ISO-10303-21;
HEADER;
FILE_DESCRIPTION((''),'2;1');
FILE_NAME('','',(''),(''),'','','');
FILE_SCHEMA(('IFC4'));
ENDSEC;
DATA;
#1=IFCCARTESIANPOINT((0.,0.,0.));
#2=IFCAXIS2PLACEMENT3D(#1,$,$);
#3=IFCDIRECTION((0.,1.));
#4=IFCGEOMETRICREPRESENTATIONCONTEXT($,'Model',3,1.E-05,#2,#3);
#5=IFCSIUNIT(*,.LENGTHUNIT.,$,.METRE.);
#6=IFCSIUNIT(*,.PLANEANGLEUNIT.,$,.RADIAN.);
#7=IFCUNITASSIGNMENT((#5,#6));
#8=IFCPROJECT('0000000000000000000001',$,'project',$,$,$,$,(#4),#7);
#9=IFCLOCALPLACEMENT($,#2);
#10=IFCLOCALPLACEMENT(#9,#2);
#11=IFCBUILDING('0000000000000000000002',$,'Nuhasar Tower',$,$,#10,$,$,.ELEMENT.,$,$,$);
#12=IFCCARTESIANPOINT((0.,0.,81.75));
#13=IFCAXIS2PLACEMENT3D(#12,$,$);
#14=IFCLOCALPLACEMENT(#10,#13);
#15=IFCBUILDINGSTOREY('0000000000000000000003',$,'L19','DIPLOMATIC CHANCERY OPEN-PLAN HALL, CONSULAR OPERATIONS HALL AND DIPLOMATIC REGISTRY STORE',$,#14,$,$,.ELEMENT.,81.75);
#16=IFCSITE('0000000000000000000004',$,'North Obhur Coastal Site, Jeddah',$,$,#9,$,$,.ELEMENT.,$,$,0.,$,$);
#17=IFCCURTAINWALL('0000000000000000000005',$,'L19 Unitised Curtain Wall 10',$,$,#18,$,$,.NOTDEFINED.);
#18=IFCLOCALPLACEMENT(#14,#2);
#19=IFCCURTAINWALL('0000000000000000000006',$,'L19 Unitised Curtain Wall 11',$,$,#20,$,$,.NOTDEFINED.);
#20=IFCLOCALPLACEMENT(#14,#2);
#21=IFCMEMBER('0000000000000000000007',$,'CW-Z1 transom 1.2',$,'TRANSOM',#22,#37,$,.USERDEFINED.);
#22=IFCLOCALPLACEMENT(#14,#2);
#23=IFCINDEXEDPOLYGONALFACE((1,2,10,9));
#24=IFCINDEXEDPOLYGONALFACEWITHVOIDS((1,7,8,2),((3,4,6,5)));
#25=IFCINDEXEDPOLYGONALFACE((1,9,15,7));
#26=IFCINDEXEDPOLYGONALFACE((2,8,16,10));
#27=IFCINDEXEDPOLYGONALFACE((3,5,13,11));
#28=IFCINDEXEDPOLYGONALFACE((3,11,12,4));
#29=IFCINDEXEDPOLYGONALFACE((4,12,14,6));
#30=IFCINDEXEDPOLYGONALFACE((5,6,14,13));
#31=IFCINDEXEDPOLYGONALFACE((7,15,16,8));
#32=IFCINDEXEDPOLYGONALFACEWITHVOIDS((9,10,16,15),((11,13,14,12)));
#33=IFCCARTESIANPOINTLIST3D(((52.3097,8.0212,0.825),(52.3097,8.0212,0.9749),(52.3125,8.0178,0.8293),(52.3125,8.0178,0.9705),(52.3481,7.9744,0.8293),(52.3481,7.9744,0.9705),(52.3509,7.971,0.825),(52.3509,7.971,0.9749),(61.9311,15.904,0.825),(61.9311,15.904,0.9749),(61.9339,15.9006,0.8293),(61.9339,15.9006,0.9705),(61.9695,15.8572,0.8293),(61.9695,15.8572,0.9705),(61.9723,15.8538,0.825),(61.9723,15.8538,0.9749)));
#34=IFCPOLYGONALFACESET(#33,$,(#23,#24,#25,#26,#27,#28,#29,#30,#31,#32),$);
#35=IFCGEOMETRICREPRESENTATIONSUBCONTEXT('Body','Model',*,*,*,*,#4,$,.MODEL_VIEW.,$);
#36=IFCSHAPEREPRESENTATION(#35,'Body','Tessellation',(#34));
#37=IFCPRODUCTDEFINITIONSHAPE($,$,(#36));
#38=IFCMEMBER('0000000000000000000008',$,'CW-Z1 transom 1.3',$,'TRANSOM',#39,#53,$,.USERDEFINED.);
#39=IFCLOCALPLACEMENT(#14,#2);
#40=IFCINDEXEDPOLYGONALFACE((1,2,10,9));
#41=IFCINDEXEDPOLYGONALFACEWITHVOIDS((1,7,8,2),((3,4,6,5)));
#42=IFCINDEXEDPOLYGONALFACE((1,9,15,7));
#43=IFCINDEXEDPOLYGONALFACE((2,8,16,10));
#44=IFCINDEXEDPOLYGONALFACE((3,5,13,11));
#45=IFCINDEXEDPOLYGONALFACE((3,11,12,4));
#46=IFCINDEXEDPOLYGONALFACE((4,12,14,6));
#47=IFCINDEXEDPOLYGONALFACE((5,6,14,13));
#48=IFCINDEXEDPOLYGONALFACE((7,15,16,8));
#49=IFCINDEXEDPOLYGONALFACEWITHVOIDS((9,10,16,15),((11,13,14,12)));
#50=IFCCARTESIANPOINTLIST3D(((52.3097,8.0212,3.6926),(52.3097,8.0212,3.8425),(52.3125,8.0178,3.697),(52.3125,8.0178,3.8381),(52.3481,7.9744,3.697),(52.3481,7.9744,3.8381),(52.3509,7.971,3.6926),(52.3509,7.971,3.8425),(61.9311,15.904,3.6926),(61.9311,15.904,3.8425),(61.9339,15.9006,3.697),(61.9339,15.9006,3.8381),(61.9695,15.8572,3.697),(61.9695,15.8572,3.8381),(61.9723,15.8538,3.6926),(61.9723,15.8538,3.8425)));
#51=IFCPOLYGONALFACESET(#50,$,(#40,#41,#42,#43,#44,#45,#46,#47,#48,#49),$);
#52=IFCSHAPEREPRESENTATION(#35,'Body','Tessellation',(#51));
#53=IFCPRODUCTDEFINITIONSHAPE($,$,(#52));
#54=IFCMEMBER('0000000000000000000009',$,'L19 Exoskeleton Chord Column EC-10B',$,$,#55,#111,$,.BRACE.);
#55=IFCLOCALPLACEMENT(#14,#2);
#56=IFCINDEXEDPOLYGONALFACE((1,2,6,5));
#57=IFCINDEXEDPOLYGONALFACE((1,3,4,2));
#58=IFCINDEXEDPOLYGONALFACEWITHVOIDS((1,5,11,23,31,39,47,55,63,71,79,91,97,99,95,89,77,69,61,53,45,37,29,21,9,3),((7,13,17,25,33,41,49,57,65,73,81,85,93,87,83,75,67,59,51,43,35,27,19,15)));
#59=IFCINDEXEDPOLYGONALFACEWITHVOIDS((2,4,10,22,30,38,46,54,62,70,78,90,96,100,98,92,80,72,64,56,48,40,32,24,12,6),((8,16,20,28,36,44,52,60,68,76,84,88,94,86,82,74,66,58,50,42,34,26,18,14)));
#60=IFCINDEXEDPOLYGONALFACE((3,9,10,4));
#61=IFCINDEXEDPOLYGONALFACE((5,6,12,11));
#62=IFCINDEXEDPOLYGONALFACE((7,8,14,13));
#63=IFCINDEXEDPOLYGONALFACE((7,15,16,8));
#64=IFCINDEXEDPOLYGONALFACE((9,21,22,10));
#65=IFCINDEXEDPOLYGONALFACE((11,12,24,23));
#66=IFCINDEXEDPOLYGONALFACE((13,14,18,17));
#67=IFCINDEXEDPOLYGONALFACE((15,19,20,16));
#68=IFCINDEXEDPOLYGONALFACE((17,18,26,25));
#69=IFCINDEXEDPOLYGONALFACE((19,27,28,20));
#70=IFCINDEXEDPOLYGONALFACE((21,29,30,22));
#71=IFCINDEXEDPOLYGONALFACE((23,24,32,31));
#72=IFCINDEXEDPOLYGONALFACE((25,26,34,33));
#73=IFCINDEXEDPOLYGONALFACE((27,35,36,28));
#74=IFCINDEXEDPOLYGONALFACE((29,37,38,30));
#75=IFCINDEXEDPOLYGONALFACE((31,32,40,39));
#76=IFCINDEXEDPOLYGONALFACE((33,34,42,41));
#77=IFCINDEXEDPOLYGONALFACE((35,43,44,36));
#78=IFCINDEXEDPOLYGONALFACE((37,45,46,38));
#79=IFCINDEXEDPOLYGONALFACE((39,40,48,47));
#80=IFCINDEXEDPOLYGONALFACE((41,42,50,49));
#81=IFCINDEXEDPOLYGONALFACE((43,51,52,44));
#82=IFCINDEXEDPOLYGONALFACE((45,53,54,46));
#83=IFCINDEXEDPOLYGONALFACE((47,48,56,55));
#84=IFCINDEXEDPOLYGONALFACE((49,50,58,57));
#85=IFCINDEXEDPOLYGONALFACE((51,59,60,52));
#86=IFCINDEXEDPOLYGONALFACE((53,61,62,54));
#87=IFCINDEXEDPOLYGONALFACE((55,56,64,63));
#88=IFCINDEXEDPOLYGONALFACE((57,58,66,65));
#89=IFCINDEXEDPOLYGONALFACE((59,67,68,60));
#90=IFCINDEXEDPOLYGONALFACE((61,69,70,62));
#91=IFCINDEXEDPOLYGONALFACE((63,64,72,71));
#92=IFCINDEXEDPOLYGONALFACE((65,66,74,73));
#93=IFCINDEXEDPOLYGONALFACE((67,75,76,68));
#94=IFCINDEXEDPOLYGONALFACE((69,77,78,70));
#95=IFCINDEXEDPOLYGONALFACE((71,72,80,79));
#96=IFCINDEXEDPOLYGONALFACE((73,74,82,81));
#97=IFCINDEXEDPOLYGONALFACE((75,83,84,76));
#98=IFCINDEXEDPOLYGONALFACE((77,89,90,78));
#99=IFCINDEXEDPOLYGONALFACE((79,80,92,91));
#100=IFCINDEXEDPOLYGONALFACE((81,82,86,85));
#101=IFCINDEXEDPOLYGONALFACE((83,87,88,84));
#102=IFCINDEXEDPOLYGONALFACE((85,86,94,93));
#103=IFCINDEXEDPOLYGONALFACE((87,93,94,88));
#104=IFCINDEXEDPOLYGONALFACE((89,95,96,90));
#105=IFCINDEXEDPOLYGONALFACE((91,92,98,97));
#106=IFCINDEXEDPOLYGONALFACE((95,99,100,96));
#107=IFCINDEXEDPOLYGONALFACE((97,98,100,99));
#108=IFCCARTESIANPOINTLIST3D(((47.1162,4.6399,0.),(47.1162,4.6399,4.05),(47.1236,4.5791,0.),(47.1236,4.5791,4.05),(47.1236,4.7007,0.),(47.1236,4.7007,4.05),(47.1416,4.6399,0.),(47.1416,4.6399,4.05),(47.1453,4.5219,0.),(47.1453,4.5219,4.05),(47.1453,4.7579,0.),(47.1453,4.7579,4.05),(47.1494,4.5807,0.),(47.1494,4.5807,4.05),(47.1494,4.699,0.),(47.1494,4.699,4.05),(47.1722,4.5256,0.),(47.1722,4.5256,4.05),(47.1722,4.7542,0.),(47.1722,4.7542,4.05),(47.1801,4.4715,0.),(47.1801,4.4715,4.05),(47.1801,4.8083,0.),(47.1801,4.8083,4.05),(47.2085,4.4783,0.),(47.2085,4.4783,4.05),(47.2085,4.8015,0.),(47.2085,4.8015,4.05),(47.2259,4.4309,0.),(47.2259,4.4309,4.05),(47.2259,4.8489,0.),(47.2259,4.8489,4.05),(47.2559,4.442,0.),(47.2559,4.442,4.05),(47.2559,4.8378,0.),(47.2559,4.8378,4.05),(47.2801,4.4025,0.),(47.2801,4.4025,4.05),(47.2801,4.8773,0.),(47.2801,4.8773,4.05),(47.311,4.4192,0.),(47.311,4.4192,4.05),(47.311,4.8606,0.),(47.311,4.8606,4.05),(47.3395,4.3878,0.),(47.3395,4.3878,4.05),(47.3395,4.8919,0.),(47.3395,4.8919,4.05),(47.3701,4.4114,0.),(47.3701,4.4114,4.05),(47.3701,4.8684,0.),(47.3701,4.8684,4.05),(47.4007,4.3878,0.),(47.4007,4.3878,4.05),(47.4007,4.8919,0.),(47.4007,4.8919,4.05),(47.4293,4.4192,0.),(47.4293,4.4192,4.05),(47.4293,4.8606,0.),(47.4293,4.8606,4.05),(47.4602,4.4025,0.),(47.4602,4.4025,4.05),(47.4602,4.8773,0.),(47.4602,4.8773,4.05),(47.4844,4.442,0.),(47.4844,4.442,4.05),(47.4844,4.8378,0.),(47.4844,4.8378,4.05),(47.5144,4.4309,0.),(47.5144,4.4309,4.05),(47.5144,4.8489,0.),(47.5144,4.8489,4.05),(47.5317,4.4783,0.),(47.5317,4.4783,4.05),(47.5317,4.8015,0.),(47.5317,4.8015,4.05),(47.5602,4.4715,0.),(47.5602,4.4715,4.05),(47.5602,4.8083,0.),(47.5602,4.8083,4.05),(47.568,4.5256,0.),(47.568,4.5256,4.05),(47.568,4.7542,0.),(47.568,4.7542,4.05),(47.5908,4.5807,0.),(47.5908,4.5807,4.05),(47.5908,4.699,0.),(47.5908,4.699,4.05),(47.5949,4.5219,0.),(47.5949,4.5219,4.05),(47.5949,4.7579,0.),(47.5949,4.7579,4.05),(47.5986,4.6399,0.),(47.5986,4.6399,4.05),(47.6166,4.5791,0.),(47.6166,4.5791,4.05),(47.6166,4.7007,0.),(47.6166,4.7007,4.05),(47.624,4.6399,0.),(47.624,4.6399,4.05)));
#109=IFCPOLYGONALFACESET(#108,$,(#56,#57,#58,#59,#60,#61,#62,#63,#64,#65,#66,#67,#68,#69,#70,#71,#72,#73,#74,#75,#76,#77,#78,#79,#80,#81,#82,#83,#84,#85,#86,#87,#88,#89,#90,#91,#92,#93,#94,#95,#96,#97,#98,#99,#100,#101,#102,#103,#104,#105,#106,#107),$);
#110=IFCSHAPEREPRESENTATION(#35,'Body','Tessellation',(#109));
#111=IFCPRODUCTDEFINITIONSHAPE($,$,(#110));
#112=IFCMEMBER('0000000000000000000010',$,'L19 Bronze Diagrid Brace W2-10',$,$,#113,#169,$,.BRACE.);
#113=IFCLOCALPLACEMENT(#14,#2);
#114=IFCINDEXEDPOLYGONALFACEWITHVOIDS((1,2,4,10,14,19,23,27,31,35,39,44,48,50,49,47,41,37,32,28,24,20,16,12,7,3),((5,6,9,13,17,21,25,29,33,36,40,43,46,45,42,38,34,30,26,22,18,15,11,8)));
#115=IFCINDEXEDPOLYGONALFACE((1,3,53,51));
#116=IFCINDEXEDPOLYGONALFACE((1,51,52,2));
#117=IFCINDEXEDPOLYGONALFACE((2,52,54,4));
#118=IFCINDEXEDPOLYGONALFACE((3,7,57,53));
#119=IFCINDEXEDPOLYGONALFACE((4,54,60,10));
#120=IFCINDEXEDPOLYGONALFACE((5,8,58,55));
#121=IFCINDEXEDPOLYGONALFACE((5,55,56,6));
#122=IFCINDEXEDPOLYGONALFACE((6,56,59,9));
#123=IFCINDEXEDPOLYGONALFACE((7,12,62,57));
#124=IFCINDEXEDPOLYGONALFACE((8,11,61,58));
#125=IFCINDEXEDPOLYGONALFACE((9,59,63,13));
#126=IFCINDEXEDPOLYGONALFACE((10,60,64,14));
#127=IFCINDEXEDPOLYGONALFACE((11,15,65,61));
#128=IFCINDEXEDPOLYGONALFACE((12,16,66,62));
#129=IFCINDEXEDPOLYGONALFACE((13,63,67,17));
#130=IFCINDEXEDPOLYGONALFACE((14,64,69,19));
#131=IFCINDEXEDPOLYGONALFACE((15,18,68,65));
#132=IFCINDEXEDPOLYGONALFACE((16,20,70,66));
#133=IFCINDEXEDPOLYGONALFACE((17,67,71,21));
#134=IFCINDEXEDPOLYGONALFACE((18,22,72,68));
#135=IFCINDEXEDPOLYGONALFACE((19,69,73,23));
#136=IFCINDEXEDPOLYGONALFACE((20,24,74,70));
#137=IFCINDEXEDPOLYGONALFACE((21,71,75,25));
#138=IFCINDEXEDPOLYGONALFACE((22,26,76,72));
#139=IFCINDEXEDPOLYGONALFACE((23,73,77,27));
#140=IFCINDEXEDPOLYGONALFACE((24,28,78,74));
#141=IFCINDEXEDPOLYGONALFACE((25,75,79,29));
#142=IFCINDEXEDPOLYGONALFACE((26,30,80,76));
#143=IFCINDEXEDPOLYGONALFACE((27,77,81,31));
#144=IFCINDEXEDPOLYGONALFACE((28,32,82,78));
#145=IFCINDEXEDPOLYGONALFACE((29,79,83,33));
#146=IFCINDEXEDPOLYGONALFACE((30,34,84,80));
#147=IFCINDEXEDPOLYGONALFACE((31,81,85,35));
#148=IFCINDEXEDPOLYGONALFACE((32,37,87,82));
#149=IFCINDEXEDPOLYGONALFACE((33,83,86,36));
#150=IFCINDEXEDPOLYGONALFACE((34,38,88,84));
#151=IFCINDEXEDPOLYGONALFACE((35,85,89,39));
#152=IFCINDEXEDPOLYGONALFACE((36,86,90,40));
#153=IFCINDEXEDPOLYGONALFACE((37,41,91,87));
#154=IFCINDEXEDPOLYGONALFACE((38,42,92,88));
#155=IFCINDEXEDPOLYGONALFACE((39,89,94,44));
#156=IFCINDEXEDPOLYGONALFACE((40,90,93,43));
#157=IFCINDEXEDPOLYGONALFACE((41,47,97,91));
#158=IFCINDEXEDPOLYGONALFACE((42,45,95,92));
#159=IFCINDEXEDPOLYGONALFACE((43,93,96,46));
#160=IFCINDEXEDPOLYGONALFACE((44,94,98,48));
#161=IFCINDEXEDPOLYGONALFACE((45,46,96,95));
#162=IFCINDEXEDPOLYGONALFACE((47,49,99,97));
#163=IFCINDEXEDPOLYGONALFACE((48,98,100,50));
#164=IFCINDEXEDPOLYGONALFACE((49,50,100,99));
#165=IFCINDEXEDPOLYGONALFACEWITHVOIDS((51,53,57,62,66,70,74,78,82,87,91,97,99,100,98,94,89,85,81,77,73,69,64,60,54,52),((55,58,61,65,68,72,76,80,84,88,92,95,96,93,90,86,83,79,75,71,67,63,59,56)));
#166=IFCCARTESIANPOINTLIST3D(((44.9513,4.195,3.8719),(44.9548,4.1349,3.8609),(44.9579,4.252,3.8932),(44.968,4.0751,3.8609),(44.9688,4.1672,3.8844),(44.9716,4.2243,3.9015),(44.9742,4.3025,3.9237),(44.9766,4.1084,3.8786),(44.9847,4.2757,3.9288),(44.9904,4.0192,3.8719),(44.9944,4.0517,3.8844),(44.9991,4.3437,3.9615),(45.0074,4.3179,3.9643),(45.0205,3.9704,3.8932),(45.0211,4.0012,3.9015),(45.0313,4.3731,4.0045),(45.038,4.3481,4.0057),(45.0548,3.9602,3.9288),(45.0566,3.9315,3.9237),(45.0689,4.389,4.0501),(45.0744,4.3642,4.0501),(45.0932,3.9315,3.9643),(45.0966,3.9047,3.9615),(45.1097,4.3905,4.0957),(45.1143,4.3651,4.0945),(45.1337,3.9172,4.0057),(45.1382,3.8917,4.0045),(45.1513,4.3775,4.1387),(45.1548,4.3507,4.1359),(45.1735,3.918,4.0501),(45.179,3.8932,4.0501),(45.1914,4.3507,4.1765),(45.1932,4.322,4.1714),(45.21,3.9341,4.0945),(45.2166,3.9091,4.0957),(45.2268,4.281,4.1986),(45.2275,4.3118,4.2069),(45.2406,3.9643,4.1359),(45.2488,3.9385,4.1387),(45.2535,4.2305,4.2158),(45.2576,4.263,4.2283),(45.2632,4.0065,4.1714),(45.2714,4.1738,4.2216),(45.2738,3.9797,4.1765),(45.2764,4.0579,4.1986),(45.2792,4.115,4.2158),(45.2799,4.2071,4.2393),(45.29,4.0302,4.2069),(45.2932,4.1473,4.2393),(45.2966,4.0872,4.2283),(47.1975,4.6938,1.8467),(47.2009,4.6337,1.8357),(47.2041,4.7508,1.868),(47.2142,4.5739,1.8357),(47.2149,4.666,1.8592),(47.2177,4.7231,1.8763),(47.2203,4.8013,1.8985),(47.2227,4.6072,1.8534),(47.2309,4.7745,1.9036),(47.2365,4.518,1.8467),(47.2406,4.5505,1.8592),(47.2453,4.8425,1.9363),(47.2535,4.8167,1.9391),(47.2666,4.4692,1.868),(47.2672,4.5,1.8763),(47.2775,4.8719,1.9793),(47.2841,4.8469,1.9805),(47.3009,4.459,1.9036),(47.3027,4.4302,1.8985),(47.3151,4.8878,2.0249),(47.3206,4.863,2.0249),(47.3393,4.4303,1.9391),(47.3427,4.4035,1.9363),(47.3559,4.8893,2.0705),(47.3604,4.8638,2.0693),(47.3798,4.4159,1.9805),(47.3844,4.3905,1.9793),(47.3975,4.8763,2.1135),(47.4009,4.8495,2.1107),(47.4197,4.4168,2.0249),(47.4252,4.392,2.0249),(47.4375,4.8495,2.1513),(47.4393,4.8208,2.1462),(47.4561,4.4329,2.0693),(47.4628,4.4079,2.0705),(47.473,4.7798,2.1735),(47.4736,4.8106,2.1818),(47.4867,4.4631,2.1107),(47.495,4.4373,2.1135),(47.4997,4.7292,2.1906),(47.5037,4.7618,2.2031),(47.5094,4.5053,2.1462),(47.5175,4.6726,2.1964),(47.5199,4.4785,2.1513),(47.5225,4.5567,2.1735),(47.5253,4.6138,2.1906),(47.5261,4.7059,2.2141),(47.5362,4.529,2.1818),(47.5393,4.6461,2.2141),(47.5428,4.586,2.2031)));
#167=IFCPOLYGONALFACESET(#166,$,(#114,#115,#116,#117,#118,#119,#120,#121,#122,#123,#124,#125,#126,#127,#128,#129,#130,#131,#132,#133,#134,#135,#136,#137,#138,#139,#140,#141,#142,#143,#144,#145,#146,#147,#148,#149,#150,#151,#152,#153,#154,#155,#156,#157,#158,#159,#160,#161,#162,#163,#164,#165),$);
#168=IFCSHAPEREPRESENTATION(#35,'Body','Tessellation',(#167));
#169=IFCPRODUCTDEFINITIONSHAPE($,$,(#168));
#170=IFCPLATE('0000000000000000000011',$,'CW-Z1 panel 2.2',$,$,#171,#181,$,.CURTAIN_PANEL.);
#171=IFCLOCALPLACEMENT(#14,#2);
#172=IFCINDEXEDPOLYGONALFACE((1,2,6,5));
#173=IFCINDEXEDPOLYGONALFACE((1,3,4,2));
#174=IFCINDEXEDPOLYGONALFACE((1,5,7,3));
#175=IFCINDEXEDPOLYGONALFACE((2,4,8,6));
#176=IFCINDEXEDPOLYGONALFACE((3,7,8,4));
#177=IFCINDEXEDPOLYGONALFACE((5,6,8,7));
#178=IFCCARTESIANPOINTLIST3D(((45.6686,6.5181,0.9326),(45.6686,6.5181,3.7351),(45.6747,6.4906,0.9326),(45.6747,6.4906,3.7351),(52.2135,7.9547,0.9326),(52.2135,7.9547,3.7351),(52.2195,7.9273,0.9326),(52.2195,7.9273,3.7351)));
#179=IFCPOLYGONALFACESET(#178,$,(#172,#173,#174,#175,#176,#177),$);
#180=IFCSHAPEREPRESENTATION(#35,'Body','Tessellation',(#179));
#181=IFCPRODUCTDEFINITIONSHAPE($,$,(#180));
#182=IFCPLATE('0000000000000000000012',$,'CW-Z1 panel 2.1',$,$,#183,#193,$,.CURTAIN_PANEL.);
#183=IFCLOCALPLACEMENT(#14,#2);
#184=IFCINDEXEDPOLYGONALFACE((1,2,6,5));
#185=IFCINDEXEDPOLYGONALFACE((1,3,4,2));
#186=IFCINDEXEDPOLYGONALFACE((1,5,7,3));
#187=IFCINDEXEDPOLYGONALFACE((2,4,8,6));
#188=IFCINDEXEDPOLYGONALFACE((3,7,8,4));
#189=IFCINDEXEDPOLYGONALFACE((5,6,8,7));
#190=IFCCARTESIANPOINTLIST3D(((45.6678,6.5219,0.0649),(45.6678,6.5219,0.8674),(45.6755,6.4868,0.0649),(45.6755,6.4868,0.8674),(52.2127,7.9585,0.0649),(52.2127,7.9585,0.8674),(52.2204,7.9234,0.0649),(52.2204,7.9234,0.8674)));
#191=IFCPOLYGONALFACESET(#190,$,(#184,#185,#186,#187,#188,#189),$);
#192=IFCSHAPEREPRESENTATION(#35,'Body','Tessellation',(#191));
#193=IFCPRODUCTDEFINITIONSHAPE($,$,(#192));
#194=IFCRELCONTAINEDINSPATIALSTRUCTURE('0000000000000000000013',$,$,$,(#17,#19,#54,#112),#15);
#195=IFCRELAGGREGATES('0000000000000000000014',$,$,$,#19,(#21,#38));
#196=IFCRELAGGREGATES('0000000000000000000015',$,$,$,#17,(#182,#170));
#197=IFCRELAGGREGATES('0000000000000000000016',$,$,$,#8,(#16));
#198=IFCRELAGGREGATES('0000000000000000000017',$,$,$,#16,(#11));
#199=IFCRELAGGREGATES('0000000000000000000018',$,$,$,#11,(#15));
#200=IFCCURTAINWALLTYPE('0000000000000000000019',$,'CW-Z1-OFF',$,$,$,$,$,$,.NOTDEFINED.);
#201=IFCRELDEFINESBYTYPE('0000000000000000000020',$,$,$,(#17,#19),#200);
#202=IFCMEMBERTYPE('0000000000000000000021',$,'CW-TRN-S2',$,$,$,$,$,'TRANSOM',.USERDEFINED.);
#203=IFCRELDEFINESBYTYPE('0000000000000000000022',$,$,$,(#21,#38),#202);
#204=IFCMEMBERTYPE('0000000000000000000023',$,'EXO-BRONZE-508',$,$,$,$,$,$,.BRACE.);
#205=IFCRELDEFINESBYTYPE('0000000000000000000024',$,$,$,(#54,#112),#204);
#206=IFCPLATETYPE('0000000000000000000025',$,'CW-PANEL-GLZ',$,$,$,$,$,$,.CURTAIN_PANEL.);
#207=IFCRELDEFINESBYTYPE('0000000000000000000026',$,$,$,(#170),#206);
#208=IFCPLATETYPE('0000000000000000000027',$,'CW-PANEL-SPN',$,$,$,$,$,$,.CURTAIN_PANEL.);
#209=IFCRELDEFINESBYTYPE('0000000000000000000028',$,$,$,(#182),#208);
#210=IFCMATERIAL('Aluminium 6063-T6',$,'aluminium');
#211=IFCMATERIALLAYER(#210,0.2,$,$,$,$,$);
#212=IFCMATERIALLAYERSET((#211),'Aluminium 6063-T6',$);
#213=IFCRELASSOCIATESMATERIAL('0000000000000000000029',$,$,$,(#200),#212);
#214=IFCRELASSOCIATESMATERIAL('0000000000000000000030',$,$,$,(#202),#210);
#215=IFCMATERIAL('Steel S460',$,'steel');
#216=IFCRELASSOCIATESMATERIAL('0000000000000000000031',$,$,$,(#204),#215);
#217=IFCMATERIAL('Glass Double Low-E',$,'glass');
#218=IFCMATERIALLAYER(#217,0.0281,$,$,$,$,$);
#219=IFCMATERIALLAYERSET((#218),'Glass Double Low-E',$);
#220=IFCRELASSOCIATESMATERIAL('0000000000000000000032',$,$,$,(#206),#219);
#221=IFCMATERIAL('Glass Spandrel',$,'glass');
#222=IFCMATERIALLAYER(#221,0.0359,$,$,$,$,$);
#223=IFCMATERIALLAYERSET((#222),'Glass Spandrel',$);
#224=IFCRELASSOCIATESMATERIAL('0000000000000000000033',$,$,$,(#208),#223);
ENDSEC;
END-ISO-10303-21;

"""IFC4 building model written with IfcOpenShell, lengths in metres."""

from ifc_helpers import new_model, si_unit, direction, frame, origin, origin_2d, place, context, subcontext, project, spatial, rectangle, hollow_rectangle, hollow_circle, extrude, material, layer, layer_set, material_profile, profile_set, type_object, element, aggregate, save


model = new_model("IFC4")

# Units and contexts
model_context = context("Model", 3, precision=1e-05, world=origin(), true_north=direction((0.0, 1.0)))
body_context = subcontext(model_context, "Body", "Model", "MODEL_VIEW")
ifc_project = project(units=[si_unit("LENGTHUNIT", "METRE"), si_unit("PLANEANGLEUNIT", "RADIAN")], contexts=[model_context])

# Site, building, storey
site_placement = place(None, origin())
site = spatial("IfcSite", under=ifc_project, at=site_placement, Name="North Obhur Coastal Site, Jeddah", CompositionType="ELEMENT", RefElevation=0.0)
building_placement = place(site_placement, origin())
building = spatial("IfcBuilding", under=site, at=building_placement, Name="Nuhasar Tower", CompositionType="ELEMENT")
storey_placement = place(building_placement, frame((0.0, 0.0, 81.75)))
storey = spatial("IfcBuildingStorey", under=building, at=storey_placement, Name="L19", Description="DIPLOMATIC CHANCERY OPEN-PLAN HALL, CONSULAR OPERATIONS HALL AND DIPLOMATIC REGISTRY STORE", CompositionType="ELEMENT", Elevation=81.75)

# Curtain wall
ifc_material_1 = material(Name="Aluminium 6063-T6", Category="aluminium")
ifc_layer_1 = layer(ifc_material_1, 0.2)
ifc_layer_set_1 = layer_set([ifc_layer_1], Name="Aluminium 6063-T6")
curtain_wall_type = type_object("IfcCurtainWallType", Name="CW-Z1-OFF", PredefinedType="NOTDEFINED", material=ifc_layer_set_1)
curtain_wall_1_placement = place(storey_placement, origin())
curtain_wall_1 = element("IfcCurtainWall", 1, at=curtain_wall_1_placement, inside=storey, type_object=curtain_wall_type, Name="L19 Unitised Curtain Wall 10", PredefinedType="NOTDEFINED")

# Curtain wall, members
curtain_wall_2_placement = place(storey_placement, origin())
curtain_wall_2 = element("IfcCurtainWall", 2, at=curtain_wall_2_placement, inside=storey, type_object=curtain_wall_type, Name="L19 Unitised Curtain Wall 11", PredefinedType="NOTDEFINED")
ifc_material_profile_1 = material_profile(ifc_material_1, hollow_rectangle(XDim=0.0649, YDim=0.1499, WallThickness=0.0044, at=origin_2d()), Name="CWT-2")
ifc_profile_set_1 = profile_set([ifc_material_profile_1], Name="Aluminium 6063-T6")
member_type_1 = type_object("IfcMemberType", Name="CW-TRN-S2", ElementType="TRANSOM", PredefinedType="USERDEFINED", material=ifc_profile_set_1)
member_1_placement = place(storey_placement, frame((52.3303, 7.9961, 0.8999), z_axis=(0.773531, 0.633758, 0.0), x_axis=(-0.633758, 0.773531, 0.0)))
member_1 = element("IfcMember", 3, at=member_1_placement, type_object=member_type_1, Name="CW-Z1 transom 1.2", ObjectType="TRANSOM", PredefinedType="USERDEFINED", context=body_context, shape_type="SweptSolid", body=[
    extrude(hollow_rectangle(XDim=0.0649, YDim=0.1499, WallThickness=0.0044, at=origin_2d()), origin(), (0.0, 0.0, 1.0), 12.4382),
])
member_2_placement = place(storey_placement, frame((52.3303, 7.9961, 3.7676), z_axis=(0.773531, 0.633758, 0.0), x_axis=(-0.633758, 0.773531, 0.0)))
member_2 = element("IfcMember", 4, at=member_2_placement, type_object=member_type_1, Name="CW-Z1 transom 1.3", ObjectType="TRANSOM", PredefinedType="USERDEFINED", context=body_context, shape_type="SweptSolid", body=[
    extrude(hollow_rectangle(XDim=0.0649, YDim=0.1499, WallThickness=0.0044, at=origin_2d()), origin(), (0.0, 0.0, 1.0), 12.4382),
])
aggregate(curtain_wall_2, [member_1, member_2])

# Members
ifc_material_2 = material(Name="Steel S460", Category="steel")
ifc_material_profile_2 = material_profile(ifc_material_2, hollow_circle(Radius=0.2539, WallThickness=0.0254, at=origin_2d()), Name="HSS508X25.4")
ifc_profile_set_2 = profile_set([ifc_material_profile_2], Name="Steel S460")
member_type_2 = type_object("IfcMemberType", Name="EXO-BRONZE-508", PredefinedType="BRACE", material=ifc_profile_set_2)
member_3_placement = place(storey_placement, frame((47.3701, 4.6399, 0.0), z_axis=(0.0, 0.0, 1.0), x_axis=(1.0, 0.0, 0.0)))
element("IfcMember", 5, at=member_3_placement, inside=storey, type_object=member_type_2, Name="L19 Exoskeleton Chord Column EC-10B", PredefinedType="BRACE", context=body_context, shape_type="SweptSolid", body=[
    extrude(hollow_circle(Radius=0.2539, WallThickness=0.0254, at=origin_2d()), origin(), (0.0, 0.0, 1.0), 4.05),
])
member_4_placement = place(storey_placement, frame((47.3701, 4.6399, 2.0249), z_axis=(-0.732792, -0.162728, 0.660708), x_axis=(0.216784, -0.97622, 0.0)))
element("IfcMember", 6, at=member_4_placement, inside=storey, type_object=member_type_2, Name="L19 Bronze Diagrid Brace W2-10", PredefinedType="BRACE", context=body_context, shape_type="SweptSolid", body=[
    extrude(hollow_circle(Radius=0.2539, WallThickness=0.0254, at=origin_2d()), origin(), (0.0, 0.0, 1.0), 3.0652),
])

# Plates
ifc_material_3 = material(Name="Glass Double Low-E", Category="glass")
ifc_layer_2 = layer(ifc_material_3, 0.0281)
ifc_layer_set_2 = layer_set([ifc_layer_2], Name="Glass Double Low-E")
plate_type_1 = type_object("IfcPlateType", Name="CW-PANEL-GLZ", PredefinedType="CURTAIN_PANEL", material=ifc_layer_set_2)
plate_1_placement = place(storey_placement, frame((48.9441, 7.2227, 0.9326), z_axis=(0.0, 0.0, 1.0), x_axis=(0.976746, 0.214399, 0.0)))
plate_1 = element("IfcPlate", 7, at=plate_1_placement, type_object=plate_type_1, Name="CW-Z1 panel 2.2", PredefinedType="CURTAIN_PANEL", context=body_context, shape_type="SweptSolid", body=[
    extrude(rectangle(XDim=6.7007, YDim=0.0281, at=origin_2d()), origin(), (0.0, 0.0, 1.0), 2.8025),
])
ifc_material_4 = material(Name="Glass Spandrel", Category="glass")
ifc_layer_3 = layer(ifc_material_4, 0.0359)
ifc_layer_set_3 = layer_set([ifc_layer_3], Name="Glass Spandrel")
plate_type_2 = type_object("IfcPlateType", Name="CW-PANEL-SPN", PredefinedType="CURTAIN_PANEL", material=ifc_layer_set_3)
plate_2_placement = place(storey_placement, frame((48.9441, 7.2227, 0.0649), z_axis=(0.0, 0.0, 1.0), x_axis=(0.976746, 0.214399, 0.0)))
plate_2 = element("IfcPlate", 8, at=plate_2_placement, type_object=plate_type_2, Name="CW-Z1 panel 2.1", PredefinedType="CURTAIN_PANEL", context=body_context, shape_type="SweptSolid", body=[
    extrude(rectangle(XDim=6.7007, YDim=0.0359, at=origin_2d()), origin(), (0.0, 0.0, 1.0), 0.8025),
])
aggregate(curtain_wall_1, [plate_2, plate_1])

save(model, "model.ifc")
